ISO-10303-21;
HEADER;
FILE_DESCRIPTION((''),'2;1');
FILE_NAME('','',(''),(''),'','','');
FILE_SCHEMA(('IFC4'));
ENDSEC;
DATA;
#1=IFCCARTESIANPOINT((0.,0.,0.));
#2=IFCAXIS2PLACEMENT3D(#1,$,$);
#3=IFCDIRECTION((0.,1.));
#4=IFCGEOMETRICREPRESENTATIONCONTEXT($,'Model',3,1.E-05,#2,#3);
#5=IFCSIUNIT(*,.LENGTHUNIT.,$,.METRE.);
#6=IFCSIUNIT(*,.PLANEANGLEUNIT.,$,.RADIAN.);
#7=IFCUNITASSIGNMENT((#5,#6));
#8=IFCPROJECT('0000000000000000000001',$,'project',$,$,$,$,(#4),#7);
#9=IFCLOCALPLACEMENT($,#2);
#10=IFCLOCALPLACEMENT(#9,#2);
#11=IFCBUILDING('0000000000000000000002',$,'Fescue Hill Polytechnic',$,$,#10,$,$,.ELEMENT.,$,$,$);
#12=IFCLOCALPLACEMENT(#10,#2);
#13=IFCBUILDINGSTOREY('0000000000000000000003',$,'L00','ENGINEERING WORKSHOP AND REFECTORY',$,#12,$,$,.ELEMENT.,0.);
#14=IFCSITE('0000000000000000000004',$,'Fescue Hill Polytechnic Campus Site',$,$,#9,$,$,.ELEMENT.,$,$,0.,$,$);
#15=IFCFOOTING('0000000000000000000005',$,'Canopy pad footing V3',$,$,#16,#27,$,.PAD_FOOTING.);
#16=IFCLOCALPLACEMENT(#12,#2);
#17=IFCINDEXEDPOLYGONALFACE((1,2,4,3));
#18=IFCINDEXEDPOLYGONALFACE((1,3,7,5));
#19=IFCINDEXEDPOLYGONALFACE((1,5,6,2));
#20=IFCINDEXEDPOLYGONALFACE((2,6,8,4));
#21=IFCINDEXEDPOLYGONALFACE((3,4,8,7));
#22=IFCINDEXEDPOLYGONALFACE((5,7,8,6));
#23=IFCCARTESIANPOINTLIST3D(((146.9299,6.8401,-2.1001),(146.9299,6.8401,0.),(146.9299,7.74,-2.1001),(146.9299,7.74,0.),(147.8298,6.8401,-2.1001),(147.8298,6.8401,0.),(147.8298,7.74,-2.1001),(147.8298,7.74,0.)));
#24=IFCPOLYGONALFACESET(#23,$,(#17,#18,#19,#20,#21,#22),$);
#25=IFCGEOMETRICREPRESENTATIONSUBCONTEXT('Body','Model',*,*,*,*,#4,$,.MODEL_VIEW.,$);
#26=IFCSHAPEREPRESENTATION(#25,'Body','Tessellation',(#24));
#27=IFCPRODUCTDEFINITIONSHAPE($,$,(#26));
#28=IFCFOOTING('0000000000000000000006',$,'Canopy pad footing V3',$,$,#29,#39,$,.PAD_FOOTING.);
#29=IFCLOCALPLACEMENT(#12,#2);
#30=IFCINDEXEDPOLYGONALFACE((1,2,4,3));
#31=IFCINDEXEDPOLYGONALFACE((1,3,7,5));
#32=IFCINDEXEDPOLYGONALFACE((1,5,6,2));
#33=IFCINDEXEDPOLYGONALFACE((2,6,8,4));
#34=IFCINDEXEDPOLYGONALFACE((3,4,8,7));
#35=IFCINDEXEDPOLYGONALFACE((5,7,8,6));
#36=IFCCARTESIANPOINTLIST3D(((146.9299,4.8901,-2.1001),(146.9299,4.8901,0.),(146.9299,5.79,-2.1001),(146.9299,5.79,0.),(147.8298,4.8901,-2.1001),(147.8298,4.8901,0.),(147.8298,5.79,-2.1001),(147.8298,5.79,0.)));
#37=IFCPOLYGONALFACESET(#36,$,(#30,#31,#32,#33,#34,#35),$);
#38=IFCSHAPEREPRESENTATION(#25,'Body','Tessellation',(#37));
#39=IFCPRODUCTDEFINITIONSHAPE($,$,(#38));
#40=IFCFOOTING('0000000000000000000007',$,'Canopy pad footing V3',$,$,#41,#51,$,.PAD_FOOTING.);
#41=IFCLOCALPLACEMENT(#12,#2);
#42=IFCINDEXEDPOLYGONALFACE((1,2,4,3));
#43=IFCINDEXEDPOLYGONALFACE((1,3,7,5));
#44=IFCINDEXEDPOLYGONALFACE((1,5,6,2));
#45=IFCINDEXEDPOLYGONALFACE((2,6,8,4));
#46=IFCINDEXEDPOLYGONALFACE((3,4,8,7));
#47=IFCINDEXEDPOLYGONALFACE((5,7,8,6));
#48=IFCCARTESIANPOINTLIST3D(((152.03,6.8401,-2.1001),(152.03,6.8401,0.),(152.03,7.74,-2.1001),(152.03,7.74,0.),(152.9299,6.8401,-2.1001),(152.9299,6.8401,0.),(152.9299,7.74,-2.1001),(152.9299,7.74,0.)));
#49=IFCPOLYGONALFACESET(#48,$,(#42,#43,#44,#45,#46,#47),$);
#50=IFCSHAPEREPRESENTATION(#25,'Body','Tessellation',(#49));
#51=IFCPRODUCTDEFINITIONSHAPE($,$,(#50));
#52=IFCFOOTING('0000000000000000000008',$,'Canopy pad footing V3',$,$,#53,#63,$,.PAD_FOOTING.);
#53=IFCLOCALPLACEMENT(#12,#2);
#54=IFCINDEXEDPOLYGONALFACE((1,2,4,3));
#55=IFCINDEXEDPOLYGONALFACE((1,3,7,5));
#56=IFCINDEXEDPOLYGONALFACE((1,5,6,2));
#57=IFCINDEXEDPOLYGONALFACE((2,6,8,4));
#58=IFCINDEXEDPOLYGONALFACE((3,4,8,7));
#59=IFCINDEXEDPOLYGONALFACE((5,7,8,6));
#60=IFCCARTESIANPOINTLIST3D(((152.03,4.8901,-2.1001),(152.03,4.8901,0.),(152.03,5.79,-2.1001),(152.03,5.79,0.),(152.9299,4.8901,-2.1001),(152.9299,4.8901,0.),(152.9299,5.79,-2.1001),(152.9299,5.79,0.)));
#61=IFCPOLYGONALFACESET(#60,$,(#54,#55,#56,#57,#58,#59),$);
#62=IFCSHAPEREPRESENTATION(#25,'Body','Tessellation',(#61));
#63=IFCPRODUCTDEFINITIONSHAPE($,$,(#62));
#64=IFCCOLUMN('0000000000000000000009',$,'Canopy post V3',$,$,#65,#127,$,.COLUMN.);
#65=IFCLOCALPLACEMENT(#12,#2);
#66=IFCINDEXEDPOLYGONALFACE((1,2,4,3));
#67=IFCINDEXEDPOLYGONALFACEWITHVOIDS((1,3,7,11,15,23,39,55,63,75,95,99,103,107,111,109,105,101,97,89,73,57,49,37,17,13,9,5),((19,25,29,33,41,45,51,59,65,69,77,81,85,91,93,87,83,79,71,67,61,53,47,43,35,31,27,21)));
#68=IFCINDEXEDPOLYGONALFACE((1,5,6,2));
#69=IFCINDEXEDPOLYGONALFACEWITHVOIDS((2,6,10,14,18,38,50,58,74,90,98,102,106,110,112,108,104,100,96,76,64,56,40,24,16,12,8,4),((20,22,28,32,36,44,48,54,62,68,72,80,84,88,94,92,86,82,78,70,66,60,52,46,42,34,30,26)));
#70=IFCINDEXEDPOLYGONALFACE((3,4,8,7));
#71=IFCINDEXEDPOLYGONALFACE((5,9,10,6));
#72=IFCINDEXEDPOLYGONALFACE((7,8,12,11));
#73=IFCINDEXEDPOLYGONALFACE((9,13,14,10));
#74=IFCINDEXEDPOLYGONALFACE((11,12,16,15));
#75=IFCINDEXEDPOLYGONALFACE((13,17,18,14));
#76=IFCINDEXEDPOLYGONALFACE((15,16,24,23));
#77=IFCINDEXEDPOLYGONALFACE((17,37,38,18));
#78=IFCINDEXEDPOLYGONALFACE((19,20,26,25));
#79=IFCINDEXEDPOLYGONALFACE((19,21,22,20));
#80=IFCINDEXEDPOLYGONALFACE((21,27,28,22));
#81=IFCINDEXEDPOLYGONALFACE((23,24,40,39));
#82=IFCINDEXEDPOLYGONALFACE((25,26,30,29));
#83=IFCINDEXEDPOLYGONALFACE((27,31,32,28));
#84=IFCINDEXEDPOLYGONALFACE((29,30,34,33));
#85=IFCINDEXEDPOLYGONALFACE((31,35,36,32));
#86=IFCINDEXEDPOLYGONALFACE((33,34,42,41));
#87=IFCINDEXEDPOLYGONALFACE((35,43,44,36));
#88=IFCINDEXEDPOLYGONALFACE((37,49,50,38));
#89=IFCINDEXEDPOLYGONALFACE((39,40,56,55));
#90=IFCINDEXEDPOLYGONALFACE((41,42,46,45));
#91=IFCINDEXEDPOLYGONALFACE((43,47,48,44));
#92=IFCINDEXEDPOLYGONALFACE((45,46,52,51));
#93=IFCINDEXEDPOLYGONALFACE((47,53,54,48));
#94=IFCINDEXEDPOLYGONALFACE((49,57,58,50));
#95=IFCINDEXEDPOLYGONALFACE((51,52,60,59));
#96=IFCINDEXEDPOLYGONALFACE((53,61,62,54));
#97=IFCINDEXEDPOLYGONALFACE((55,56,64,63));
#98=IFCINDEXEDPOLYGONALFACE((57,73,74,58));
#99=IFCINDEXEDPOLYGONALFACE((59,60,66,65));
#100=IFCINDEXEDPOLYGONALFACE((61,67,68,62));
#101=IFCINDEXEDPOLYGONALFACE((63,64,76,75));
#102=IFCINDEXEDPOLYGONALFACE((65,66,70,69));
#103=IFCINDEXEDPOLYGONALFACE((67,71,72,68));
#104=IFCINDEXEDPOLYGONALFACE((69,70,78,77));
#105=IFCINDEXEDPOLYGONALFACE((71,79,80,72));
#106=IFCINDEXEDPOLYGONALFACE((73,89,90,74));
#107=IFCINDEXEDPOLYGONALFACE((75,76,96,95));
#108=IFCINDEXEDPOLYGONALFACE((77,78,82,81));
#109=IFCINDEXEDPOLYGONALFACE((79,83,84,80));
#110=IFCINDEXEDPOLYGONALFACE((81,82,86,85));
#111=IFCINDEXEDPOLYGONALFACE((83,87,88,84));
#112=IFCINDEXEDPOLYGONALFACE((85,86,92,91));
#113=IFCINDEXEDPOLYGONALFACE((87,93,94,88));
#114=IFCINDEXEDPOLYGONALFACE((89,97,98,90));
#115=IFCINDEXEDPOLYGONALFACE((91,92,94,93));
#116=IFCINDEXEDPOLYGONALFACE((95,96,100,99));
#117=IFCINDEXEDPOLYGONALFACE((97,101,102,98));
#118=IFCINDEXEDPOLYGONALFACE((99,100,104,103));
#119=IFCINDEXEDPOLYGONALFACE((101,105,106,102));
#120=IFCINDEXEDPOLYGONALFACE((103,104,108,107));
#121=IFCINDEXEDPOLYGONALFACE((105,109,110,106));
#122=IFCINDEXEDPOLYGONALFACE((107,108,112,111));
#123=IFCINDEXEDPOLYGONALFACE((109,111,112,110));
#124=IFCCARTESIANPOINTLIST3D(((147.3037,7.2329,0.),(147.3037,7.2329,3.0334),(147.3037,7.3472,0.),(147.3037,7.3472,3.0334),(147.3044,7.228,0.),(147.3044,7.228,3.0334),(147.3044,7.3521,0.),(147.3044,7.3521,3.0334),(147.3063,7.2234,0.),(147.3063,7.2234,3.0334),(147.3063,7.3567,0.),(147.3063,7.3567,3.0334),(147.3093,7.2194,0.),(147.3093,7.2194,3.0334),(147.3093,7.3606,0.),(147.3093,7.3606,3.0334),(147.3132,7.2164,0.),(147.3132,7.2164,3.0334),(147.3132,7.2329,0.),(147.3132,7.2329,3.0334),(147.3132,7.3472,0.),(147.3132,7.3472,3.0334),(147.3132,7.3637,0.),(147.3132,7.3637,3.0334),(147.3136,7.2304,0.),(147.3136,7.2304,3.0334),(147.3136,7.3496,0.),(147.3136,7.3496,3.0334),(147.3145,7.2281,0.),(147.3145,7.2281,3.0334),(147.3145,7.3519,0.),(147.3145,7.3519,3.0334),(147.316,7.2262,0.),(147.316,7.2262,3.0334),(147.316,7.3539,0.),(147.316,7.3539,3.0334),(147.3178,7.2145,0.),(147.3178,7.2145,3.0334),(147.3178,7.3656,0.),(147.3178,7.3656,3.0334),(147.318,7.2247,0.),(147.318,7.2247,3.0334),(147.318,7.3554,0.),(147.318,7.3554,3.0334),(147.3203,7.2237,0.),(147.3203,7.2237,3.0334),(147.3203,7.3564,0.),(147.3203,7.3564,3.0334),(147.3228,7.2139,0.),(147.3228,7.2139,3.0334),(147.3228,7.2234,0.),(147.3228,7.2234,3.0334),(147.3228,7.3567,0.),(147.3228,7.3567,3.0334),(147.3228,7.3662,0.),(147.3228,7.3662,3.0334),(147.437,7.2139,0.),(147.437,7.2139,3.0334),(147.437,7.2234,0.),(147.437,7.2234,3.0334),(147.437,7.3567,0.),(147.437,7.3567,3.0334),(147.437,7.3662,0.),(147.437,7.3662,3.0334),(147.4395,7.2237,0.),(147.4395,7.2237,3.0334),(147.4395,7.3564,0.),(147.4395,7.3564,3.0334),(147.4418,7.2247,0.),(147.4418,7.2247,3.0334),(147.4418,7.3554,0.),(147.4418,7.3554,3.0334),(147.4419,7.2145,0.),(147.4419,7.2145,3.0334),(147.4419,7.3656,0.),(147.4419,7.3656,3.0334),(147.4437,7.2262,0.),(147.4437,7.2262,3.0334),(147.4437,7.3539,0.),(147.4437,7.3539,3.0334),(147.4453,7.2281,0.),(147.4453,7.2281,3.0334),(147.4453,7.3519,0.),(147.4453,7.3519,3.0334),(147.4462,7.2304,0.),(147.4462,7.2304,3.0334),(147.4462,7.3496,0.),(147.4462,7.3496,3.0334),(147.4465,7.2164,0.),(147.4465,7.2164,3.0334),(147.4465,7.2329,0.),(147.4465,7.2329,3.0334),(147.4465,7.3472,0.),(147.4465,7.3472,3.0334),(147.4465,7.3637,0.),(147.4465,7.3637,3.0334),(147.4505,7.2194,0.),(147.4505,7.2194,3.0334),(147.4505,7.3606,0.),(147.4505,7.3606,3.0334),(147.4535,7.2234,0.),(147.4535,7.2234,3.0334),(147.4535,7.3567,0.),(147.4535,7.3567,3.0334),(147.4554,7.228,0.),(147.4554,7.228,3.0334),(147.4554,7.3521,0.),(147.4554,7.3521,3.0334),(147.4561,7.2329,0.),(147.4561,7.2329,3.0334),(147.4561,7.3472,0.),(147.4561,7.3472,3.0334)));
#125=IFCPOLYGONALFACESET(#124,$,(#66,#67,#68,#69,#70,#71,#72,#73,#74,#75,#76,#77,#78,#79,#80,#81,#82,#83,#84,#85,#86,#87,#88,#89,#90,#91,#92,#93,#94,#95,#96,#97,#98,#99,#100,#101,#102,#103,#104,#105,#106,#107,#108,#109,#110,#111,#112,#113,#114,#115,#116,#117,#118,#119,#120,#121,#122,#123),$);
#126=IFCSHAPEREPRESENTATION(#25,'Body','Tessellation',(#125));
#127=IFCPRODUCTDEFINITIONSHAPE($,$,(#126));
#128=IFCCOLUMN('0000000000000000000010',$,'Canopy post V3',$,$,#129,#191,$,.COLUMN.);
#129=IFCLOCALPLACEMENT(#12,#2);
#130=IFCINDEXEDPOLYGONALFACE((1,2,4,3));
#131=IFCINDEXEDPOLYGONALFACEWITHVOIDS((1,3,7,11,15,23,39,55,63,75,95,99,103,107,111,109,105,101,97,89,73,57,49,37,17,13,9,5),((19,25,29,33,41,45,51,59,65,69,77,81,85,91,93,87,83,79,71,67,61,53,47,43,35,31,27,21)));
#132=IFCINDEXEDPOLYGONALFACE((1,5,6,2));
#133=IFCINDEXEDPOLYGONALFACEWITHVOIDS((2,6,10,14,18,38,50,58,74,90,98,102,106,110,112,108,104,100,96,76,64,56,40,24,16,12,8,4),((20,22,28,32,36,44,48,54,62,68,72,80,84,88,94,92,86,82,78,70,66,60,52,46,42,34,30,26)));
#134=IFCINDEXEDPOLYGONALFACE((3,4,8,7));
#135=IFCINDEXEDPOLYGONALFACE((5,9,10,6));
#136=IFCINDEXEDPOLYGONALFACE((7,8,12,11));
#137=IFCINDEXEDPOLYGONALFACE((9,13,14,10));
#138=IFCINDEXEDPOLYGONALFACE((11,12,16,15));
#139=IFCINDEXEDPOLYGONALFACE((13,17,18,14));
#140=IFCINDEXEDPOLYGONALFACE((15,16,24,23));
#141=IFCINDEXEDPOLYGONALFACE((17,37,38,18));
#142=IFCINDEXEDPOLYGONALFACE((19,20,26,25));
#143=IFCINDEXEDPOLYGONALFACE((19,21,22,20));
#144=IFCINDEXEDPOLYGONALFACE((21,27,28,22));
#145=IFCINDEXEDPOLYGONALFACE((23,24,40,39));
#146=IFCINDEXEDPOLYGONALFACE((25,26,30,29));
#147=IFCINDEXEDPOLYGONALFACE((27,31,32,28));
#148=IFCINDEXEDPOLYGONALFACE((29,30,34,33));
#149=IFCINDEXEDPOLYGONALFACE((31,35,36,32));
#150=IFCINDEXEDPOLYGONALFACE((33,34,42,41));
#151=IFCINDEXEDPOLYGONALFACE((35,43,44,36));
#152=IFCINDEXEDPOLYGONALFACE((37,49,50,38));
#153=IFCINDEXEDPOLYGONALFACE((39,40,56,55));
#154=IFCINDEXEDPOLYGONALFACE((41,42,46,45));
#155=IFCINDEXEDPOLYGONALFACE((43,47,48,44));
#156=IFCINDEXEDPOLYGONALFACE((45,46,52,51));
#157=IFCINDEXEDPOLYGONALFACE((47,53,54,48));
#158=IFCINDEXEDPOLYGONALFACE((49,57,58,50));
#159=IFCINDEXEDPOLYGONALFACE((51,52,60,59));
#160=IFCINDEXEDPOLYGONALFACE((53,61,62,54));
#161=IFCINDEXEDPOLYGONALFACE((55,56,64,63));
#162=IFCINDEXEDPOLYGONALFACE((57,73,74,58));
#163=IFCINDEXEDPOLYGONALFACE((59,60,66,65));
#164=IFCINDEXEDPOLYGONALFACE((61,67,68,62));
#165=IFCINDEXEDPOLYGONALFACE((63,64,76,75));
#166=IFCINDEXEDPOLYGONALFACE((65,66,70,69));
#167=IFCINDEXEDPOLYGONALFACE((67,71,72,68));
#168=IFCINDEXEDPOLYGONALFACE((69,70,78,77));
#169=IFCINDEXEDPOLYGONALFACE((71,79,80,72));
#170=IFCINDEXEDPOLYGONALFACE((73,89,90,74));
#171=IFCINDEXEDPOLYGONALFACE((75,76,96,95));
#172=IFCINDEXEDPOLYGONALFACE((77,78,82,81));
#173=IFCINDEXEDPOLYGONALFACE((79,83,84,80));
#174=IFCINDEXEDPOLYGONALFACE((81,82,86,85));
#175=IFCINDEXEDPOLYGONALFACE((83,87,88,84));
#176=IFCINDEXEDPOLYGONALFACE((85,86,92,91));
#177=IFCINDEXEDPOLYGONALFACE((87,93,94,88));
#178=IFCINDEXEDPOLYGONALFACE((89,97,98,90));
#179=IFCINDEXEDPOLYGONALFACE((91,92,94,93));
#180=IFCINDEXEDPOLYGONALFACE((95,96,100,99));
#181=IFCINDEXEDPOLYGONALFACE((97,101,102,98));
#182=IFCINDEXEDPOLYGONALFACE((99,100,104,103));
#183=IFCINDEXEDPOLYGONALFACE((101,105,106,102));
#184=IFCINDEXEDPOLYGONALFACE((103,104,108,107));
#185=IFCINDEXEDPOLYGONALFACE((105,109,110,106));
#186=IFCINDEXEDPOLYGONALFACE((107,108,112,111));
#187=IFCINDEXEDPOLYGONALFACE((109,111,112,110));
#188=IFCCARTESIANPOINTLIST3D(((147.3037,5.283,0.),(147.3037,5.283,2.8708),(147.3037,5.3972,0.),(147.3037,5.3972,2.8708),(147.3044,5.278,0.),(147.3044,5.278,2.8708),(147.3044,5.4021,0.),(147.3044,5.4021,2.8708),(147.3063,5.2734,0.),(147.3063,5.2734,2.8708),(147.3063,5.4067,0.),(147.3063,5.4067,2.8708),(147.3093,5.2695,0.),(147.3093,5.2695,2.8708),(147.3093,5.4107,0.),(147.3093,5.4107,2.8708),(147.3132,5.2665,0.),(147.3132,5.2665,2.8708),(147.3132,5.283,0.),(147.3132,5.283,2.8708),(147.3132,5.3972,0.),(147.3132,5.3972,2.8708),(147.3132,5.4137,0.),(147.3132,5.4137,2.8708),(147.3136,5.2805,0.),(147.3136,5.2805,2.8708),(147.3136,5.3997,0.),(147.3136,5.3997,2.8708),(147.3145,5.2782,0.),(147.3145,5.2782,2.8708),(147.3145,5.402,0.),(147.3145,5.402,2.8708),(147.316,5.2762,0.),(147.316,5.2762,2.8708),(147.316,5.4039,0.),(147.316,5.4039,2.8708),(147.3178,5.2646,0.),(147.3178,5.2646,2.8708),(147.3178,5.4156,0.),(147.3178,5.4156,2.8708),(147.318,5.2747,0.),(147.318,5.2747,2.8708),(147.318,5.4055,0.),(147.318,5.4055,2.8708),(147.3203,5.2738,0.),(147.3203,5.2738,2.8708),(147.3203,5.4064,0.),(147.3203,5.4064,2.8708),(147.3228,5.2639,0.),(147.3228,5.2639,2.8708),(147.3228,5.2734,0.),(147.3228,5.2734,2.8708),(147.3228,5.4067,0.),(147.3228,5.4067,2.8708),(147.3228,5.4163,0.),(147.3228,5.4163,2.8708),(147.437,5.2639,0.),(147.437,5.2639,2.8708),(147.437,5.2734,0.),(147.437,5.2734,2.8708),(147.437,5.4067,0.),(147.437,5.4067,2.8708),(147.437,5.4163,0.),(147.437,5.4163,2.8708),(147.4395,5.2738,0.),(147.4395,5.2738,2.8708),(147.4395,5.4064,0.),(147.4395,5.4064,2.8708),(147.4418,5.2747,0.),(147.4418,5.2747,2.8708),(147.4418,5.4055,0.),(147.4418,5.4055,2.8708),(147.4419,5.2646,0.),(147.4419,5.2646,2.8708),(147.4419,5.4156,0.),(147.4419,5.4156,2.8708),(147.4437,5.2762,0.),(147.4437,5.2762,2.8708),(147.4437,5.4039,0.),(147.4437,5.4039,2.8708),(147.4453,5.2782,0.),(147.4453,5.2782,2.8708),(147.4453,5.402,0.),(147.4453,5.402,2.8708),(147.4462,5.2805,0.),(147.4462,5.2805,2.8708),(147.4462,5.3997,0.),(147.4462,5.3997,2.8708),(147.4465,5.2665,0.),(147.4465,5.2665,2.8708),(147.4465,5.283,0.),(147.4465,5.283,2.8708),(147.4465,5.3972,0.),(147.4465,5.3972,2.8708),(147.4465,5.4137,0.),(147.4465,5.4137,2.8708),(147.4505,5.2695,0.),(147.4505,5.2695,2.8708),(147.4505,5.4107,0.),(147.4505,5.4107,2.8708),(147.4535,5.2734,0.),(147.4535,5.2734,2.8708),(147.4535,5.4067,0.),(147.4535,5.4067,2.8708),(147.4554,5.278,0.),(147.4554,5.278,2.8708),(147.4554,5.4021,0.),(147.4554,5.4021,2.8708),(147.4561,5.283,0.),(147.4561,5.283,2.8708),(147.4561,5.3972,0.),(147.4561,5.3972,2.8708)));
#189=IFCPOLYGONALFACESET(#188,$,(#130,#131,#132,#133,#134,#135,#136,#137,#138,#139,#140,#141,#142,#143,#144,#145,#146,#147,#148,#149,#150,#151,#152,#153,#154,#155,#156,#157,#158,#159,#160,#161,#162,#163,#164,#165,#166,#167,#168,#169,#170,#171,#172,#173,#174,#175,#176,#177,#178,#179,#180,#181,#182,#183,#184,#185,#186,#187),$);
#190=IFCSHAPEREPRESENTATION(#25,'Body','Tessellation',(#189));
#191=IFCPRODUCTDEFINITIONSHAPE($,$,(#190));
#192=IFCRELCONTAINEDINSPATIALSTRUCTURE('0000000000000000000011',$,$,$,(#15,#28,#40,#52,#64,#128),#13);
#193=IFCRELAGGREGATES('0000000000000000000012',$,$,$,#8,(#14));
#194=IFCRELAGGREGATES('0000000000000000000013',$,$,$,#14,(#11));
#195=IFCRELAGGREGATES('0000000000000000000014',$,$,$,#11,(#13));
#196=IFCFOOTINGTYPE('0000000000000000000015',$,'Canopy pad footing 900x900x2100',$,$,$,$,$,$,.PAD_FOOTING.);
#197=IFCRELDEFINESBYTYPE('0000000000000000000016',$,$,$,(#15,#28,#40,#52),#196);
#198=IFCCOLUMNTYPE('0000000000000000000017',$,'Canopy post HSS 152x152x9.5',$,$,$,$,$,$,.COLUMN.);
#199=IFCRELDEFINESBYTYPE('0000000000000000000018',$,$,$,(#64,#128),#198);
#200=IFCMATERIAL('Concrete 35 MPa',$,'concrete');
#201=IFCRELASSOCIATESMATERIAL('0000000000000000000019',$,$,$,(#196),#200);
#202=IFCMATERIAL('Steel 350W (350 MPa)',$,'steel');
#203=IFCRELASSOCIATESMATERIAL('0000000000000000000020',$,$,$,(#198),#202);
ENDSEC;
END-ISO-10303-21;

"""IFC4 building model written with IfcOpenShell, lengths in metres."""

from ifc_helpers import new_model, si_unit, direction, frame, origin, origin_2d, place, context, subcontext, project, spatial, rectangle, hollow_rectangle, extrude, material, material_profile, profile_set, type_object, element, save


model = new_model("IFC4")

# Units and contexts
model_context = context("Model", 3, precision=1e-05, world=origin(), true_north=direction((0.0, 1.0)))
body_context = subcontext(model_context, "Body", "Model", "MODEL_VIEW")
ifc_project = project(units=[si_unit("LENGTHUNIT", "METRE"), si_unit("PLANEANGLEUNIT", "RADIAN")], contexts=[model_context])

# Site, building, storey
site_placement = place(None, origin())
site = spatial("IfcSite", under=ifc_project, at=site_placement, Name="Fescue Hill Polytechnic Campus Site", CompositionType="ELEMENT", RefElevation=0.0)
building_placement = place(site_placement, origin())
building = spatial("IfcBuilding", under=site, at=building_placement, Name="Fescue Hill Polytechnic", CompositionType="ELEMENT")
storey_placement = place(building_placement, origin())
storey = spatial("IfcBuildingStorey", under=building, at=storey_placement, Name="L00", Description="ENGINEERING WORKSHOP AND REFECTORY", CompositionType="ELEMENT", Elevation=0.0)

# Footings
ifc_material_1 = material(Name="Concrete 35 MPa", Category="concrete")
footing_type = type_object("IfcFootingType", Name="Canopy pad footing 900x900x2100", PredefinedType="PAD_FOOTING", material=ifc_material_1)
for number, where, z_axis, x_axis, name in (
    (1, (147.3799, 7.29, -2.1001), (0.0, 0.0, 1.0), (1.0, 0.0, 0.0), "Canopy pad footing V3"),
    (2, (147.3799, 5.3401, -2.1001), (0.0, 0.0, 1.0), (1.0, 0.0, 0.0), "Canopy pad footing V3"),
    (3, (152.48, 7.29, -2.1001), (0.0, 0.0, 1.0), (1.0, 0.0, 0.0), "Canopy pad footing V3"),
    (4, (152.48, 5.3401, -2.1001), (0.0, 0.0, 1.0), (1.0, 0.0, 0.0), "Canopy pad footing V3"),
):
    element("IfcFooting", number, at=place(storey_placement, frame(where, z_axis=z_axis, x_axis=x_axis)), inside=storey, type_object=footing_type, Name=name, PredefinedType="PAD_FOOTING", context=body_context, shape_type="SweptSolid", body=[
        extrude(rectangle(XDim=0.8999, YDim=0.8999, at=origin_2d()), origin(), (0.0, 0.0, 1.0), 2.1001),
    ])

# Columns
ifc_material_2 = material(Name="Steel 350W (350 MPa)", Category="steel")
ifc_material_profile_1 = material_profile(ifc_material_2, hollow_rectangle(XDim=0.1523, YDim=0.1523, WallThickness=0.0095, InnerFilletRadius=0.0095, OuterFilletRadius=0.019, at=origin_2d()), Name="Canopy post HSS 152x152x9.5")
ifc_profile_set_1 = profile_set([ifc_material_profile_1], Name="Steel 350W (350 MPa)")
column_type_1 = type_object("IfcColumnType", Name="Canopy post HSS 152x152x9.5", PredefinedType="COLUMN", material=ifc_profile_set_1)
column_1_placement = place(storey_placement, frame((147.3799, 7.29, 0.0), z_axis=(0.0, 0.0, 1.0), x_axis=(1.0, 0.0, 0.0)))
element("IfcColumn", 5, at=column_1_placement, inside=storey, type_object=column_type_1, Name="Canopy post V3", PredefinedType="COLUMN", context=body_context, shape_type="SweptSolid", body=[
    extrude(hollow_rectangle(XDim=0.1523, YDim=0.1523, WallThickness=0.0095, InnerFilletRadius=0.0095, OuterFilletRadius=0.019, at=origin_2d()), origin(), (0.0, 0.0, 1.0), 3.0334),
])
column_2_placement = place(storey_placement, frame((147.3799, 5.3401, 0.0), z_axis=(0.0, 0.0, 1.0), x_axis=(1.0, 0.0, 0.0)))
element("IfcColumn", 6, at=column_2_placement, inside=storey, type_object=column_type_1, Name="Canopy post V3", PredefinedType="COLUMN", context=body_context, shape_type="SweptSolid", body=[
    extrude(hollow_rectangle(XDim=0.1523, YDim=0.1523, WallThickness=0.0095, InnerFilletRadius=0.0095, OuterFilletRadius=0.019, at=origin_2d()), origin(), (0.0, 0.0, 1.0), 2.8708),
])

save(model, "model.ifc")
